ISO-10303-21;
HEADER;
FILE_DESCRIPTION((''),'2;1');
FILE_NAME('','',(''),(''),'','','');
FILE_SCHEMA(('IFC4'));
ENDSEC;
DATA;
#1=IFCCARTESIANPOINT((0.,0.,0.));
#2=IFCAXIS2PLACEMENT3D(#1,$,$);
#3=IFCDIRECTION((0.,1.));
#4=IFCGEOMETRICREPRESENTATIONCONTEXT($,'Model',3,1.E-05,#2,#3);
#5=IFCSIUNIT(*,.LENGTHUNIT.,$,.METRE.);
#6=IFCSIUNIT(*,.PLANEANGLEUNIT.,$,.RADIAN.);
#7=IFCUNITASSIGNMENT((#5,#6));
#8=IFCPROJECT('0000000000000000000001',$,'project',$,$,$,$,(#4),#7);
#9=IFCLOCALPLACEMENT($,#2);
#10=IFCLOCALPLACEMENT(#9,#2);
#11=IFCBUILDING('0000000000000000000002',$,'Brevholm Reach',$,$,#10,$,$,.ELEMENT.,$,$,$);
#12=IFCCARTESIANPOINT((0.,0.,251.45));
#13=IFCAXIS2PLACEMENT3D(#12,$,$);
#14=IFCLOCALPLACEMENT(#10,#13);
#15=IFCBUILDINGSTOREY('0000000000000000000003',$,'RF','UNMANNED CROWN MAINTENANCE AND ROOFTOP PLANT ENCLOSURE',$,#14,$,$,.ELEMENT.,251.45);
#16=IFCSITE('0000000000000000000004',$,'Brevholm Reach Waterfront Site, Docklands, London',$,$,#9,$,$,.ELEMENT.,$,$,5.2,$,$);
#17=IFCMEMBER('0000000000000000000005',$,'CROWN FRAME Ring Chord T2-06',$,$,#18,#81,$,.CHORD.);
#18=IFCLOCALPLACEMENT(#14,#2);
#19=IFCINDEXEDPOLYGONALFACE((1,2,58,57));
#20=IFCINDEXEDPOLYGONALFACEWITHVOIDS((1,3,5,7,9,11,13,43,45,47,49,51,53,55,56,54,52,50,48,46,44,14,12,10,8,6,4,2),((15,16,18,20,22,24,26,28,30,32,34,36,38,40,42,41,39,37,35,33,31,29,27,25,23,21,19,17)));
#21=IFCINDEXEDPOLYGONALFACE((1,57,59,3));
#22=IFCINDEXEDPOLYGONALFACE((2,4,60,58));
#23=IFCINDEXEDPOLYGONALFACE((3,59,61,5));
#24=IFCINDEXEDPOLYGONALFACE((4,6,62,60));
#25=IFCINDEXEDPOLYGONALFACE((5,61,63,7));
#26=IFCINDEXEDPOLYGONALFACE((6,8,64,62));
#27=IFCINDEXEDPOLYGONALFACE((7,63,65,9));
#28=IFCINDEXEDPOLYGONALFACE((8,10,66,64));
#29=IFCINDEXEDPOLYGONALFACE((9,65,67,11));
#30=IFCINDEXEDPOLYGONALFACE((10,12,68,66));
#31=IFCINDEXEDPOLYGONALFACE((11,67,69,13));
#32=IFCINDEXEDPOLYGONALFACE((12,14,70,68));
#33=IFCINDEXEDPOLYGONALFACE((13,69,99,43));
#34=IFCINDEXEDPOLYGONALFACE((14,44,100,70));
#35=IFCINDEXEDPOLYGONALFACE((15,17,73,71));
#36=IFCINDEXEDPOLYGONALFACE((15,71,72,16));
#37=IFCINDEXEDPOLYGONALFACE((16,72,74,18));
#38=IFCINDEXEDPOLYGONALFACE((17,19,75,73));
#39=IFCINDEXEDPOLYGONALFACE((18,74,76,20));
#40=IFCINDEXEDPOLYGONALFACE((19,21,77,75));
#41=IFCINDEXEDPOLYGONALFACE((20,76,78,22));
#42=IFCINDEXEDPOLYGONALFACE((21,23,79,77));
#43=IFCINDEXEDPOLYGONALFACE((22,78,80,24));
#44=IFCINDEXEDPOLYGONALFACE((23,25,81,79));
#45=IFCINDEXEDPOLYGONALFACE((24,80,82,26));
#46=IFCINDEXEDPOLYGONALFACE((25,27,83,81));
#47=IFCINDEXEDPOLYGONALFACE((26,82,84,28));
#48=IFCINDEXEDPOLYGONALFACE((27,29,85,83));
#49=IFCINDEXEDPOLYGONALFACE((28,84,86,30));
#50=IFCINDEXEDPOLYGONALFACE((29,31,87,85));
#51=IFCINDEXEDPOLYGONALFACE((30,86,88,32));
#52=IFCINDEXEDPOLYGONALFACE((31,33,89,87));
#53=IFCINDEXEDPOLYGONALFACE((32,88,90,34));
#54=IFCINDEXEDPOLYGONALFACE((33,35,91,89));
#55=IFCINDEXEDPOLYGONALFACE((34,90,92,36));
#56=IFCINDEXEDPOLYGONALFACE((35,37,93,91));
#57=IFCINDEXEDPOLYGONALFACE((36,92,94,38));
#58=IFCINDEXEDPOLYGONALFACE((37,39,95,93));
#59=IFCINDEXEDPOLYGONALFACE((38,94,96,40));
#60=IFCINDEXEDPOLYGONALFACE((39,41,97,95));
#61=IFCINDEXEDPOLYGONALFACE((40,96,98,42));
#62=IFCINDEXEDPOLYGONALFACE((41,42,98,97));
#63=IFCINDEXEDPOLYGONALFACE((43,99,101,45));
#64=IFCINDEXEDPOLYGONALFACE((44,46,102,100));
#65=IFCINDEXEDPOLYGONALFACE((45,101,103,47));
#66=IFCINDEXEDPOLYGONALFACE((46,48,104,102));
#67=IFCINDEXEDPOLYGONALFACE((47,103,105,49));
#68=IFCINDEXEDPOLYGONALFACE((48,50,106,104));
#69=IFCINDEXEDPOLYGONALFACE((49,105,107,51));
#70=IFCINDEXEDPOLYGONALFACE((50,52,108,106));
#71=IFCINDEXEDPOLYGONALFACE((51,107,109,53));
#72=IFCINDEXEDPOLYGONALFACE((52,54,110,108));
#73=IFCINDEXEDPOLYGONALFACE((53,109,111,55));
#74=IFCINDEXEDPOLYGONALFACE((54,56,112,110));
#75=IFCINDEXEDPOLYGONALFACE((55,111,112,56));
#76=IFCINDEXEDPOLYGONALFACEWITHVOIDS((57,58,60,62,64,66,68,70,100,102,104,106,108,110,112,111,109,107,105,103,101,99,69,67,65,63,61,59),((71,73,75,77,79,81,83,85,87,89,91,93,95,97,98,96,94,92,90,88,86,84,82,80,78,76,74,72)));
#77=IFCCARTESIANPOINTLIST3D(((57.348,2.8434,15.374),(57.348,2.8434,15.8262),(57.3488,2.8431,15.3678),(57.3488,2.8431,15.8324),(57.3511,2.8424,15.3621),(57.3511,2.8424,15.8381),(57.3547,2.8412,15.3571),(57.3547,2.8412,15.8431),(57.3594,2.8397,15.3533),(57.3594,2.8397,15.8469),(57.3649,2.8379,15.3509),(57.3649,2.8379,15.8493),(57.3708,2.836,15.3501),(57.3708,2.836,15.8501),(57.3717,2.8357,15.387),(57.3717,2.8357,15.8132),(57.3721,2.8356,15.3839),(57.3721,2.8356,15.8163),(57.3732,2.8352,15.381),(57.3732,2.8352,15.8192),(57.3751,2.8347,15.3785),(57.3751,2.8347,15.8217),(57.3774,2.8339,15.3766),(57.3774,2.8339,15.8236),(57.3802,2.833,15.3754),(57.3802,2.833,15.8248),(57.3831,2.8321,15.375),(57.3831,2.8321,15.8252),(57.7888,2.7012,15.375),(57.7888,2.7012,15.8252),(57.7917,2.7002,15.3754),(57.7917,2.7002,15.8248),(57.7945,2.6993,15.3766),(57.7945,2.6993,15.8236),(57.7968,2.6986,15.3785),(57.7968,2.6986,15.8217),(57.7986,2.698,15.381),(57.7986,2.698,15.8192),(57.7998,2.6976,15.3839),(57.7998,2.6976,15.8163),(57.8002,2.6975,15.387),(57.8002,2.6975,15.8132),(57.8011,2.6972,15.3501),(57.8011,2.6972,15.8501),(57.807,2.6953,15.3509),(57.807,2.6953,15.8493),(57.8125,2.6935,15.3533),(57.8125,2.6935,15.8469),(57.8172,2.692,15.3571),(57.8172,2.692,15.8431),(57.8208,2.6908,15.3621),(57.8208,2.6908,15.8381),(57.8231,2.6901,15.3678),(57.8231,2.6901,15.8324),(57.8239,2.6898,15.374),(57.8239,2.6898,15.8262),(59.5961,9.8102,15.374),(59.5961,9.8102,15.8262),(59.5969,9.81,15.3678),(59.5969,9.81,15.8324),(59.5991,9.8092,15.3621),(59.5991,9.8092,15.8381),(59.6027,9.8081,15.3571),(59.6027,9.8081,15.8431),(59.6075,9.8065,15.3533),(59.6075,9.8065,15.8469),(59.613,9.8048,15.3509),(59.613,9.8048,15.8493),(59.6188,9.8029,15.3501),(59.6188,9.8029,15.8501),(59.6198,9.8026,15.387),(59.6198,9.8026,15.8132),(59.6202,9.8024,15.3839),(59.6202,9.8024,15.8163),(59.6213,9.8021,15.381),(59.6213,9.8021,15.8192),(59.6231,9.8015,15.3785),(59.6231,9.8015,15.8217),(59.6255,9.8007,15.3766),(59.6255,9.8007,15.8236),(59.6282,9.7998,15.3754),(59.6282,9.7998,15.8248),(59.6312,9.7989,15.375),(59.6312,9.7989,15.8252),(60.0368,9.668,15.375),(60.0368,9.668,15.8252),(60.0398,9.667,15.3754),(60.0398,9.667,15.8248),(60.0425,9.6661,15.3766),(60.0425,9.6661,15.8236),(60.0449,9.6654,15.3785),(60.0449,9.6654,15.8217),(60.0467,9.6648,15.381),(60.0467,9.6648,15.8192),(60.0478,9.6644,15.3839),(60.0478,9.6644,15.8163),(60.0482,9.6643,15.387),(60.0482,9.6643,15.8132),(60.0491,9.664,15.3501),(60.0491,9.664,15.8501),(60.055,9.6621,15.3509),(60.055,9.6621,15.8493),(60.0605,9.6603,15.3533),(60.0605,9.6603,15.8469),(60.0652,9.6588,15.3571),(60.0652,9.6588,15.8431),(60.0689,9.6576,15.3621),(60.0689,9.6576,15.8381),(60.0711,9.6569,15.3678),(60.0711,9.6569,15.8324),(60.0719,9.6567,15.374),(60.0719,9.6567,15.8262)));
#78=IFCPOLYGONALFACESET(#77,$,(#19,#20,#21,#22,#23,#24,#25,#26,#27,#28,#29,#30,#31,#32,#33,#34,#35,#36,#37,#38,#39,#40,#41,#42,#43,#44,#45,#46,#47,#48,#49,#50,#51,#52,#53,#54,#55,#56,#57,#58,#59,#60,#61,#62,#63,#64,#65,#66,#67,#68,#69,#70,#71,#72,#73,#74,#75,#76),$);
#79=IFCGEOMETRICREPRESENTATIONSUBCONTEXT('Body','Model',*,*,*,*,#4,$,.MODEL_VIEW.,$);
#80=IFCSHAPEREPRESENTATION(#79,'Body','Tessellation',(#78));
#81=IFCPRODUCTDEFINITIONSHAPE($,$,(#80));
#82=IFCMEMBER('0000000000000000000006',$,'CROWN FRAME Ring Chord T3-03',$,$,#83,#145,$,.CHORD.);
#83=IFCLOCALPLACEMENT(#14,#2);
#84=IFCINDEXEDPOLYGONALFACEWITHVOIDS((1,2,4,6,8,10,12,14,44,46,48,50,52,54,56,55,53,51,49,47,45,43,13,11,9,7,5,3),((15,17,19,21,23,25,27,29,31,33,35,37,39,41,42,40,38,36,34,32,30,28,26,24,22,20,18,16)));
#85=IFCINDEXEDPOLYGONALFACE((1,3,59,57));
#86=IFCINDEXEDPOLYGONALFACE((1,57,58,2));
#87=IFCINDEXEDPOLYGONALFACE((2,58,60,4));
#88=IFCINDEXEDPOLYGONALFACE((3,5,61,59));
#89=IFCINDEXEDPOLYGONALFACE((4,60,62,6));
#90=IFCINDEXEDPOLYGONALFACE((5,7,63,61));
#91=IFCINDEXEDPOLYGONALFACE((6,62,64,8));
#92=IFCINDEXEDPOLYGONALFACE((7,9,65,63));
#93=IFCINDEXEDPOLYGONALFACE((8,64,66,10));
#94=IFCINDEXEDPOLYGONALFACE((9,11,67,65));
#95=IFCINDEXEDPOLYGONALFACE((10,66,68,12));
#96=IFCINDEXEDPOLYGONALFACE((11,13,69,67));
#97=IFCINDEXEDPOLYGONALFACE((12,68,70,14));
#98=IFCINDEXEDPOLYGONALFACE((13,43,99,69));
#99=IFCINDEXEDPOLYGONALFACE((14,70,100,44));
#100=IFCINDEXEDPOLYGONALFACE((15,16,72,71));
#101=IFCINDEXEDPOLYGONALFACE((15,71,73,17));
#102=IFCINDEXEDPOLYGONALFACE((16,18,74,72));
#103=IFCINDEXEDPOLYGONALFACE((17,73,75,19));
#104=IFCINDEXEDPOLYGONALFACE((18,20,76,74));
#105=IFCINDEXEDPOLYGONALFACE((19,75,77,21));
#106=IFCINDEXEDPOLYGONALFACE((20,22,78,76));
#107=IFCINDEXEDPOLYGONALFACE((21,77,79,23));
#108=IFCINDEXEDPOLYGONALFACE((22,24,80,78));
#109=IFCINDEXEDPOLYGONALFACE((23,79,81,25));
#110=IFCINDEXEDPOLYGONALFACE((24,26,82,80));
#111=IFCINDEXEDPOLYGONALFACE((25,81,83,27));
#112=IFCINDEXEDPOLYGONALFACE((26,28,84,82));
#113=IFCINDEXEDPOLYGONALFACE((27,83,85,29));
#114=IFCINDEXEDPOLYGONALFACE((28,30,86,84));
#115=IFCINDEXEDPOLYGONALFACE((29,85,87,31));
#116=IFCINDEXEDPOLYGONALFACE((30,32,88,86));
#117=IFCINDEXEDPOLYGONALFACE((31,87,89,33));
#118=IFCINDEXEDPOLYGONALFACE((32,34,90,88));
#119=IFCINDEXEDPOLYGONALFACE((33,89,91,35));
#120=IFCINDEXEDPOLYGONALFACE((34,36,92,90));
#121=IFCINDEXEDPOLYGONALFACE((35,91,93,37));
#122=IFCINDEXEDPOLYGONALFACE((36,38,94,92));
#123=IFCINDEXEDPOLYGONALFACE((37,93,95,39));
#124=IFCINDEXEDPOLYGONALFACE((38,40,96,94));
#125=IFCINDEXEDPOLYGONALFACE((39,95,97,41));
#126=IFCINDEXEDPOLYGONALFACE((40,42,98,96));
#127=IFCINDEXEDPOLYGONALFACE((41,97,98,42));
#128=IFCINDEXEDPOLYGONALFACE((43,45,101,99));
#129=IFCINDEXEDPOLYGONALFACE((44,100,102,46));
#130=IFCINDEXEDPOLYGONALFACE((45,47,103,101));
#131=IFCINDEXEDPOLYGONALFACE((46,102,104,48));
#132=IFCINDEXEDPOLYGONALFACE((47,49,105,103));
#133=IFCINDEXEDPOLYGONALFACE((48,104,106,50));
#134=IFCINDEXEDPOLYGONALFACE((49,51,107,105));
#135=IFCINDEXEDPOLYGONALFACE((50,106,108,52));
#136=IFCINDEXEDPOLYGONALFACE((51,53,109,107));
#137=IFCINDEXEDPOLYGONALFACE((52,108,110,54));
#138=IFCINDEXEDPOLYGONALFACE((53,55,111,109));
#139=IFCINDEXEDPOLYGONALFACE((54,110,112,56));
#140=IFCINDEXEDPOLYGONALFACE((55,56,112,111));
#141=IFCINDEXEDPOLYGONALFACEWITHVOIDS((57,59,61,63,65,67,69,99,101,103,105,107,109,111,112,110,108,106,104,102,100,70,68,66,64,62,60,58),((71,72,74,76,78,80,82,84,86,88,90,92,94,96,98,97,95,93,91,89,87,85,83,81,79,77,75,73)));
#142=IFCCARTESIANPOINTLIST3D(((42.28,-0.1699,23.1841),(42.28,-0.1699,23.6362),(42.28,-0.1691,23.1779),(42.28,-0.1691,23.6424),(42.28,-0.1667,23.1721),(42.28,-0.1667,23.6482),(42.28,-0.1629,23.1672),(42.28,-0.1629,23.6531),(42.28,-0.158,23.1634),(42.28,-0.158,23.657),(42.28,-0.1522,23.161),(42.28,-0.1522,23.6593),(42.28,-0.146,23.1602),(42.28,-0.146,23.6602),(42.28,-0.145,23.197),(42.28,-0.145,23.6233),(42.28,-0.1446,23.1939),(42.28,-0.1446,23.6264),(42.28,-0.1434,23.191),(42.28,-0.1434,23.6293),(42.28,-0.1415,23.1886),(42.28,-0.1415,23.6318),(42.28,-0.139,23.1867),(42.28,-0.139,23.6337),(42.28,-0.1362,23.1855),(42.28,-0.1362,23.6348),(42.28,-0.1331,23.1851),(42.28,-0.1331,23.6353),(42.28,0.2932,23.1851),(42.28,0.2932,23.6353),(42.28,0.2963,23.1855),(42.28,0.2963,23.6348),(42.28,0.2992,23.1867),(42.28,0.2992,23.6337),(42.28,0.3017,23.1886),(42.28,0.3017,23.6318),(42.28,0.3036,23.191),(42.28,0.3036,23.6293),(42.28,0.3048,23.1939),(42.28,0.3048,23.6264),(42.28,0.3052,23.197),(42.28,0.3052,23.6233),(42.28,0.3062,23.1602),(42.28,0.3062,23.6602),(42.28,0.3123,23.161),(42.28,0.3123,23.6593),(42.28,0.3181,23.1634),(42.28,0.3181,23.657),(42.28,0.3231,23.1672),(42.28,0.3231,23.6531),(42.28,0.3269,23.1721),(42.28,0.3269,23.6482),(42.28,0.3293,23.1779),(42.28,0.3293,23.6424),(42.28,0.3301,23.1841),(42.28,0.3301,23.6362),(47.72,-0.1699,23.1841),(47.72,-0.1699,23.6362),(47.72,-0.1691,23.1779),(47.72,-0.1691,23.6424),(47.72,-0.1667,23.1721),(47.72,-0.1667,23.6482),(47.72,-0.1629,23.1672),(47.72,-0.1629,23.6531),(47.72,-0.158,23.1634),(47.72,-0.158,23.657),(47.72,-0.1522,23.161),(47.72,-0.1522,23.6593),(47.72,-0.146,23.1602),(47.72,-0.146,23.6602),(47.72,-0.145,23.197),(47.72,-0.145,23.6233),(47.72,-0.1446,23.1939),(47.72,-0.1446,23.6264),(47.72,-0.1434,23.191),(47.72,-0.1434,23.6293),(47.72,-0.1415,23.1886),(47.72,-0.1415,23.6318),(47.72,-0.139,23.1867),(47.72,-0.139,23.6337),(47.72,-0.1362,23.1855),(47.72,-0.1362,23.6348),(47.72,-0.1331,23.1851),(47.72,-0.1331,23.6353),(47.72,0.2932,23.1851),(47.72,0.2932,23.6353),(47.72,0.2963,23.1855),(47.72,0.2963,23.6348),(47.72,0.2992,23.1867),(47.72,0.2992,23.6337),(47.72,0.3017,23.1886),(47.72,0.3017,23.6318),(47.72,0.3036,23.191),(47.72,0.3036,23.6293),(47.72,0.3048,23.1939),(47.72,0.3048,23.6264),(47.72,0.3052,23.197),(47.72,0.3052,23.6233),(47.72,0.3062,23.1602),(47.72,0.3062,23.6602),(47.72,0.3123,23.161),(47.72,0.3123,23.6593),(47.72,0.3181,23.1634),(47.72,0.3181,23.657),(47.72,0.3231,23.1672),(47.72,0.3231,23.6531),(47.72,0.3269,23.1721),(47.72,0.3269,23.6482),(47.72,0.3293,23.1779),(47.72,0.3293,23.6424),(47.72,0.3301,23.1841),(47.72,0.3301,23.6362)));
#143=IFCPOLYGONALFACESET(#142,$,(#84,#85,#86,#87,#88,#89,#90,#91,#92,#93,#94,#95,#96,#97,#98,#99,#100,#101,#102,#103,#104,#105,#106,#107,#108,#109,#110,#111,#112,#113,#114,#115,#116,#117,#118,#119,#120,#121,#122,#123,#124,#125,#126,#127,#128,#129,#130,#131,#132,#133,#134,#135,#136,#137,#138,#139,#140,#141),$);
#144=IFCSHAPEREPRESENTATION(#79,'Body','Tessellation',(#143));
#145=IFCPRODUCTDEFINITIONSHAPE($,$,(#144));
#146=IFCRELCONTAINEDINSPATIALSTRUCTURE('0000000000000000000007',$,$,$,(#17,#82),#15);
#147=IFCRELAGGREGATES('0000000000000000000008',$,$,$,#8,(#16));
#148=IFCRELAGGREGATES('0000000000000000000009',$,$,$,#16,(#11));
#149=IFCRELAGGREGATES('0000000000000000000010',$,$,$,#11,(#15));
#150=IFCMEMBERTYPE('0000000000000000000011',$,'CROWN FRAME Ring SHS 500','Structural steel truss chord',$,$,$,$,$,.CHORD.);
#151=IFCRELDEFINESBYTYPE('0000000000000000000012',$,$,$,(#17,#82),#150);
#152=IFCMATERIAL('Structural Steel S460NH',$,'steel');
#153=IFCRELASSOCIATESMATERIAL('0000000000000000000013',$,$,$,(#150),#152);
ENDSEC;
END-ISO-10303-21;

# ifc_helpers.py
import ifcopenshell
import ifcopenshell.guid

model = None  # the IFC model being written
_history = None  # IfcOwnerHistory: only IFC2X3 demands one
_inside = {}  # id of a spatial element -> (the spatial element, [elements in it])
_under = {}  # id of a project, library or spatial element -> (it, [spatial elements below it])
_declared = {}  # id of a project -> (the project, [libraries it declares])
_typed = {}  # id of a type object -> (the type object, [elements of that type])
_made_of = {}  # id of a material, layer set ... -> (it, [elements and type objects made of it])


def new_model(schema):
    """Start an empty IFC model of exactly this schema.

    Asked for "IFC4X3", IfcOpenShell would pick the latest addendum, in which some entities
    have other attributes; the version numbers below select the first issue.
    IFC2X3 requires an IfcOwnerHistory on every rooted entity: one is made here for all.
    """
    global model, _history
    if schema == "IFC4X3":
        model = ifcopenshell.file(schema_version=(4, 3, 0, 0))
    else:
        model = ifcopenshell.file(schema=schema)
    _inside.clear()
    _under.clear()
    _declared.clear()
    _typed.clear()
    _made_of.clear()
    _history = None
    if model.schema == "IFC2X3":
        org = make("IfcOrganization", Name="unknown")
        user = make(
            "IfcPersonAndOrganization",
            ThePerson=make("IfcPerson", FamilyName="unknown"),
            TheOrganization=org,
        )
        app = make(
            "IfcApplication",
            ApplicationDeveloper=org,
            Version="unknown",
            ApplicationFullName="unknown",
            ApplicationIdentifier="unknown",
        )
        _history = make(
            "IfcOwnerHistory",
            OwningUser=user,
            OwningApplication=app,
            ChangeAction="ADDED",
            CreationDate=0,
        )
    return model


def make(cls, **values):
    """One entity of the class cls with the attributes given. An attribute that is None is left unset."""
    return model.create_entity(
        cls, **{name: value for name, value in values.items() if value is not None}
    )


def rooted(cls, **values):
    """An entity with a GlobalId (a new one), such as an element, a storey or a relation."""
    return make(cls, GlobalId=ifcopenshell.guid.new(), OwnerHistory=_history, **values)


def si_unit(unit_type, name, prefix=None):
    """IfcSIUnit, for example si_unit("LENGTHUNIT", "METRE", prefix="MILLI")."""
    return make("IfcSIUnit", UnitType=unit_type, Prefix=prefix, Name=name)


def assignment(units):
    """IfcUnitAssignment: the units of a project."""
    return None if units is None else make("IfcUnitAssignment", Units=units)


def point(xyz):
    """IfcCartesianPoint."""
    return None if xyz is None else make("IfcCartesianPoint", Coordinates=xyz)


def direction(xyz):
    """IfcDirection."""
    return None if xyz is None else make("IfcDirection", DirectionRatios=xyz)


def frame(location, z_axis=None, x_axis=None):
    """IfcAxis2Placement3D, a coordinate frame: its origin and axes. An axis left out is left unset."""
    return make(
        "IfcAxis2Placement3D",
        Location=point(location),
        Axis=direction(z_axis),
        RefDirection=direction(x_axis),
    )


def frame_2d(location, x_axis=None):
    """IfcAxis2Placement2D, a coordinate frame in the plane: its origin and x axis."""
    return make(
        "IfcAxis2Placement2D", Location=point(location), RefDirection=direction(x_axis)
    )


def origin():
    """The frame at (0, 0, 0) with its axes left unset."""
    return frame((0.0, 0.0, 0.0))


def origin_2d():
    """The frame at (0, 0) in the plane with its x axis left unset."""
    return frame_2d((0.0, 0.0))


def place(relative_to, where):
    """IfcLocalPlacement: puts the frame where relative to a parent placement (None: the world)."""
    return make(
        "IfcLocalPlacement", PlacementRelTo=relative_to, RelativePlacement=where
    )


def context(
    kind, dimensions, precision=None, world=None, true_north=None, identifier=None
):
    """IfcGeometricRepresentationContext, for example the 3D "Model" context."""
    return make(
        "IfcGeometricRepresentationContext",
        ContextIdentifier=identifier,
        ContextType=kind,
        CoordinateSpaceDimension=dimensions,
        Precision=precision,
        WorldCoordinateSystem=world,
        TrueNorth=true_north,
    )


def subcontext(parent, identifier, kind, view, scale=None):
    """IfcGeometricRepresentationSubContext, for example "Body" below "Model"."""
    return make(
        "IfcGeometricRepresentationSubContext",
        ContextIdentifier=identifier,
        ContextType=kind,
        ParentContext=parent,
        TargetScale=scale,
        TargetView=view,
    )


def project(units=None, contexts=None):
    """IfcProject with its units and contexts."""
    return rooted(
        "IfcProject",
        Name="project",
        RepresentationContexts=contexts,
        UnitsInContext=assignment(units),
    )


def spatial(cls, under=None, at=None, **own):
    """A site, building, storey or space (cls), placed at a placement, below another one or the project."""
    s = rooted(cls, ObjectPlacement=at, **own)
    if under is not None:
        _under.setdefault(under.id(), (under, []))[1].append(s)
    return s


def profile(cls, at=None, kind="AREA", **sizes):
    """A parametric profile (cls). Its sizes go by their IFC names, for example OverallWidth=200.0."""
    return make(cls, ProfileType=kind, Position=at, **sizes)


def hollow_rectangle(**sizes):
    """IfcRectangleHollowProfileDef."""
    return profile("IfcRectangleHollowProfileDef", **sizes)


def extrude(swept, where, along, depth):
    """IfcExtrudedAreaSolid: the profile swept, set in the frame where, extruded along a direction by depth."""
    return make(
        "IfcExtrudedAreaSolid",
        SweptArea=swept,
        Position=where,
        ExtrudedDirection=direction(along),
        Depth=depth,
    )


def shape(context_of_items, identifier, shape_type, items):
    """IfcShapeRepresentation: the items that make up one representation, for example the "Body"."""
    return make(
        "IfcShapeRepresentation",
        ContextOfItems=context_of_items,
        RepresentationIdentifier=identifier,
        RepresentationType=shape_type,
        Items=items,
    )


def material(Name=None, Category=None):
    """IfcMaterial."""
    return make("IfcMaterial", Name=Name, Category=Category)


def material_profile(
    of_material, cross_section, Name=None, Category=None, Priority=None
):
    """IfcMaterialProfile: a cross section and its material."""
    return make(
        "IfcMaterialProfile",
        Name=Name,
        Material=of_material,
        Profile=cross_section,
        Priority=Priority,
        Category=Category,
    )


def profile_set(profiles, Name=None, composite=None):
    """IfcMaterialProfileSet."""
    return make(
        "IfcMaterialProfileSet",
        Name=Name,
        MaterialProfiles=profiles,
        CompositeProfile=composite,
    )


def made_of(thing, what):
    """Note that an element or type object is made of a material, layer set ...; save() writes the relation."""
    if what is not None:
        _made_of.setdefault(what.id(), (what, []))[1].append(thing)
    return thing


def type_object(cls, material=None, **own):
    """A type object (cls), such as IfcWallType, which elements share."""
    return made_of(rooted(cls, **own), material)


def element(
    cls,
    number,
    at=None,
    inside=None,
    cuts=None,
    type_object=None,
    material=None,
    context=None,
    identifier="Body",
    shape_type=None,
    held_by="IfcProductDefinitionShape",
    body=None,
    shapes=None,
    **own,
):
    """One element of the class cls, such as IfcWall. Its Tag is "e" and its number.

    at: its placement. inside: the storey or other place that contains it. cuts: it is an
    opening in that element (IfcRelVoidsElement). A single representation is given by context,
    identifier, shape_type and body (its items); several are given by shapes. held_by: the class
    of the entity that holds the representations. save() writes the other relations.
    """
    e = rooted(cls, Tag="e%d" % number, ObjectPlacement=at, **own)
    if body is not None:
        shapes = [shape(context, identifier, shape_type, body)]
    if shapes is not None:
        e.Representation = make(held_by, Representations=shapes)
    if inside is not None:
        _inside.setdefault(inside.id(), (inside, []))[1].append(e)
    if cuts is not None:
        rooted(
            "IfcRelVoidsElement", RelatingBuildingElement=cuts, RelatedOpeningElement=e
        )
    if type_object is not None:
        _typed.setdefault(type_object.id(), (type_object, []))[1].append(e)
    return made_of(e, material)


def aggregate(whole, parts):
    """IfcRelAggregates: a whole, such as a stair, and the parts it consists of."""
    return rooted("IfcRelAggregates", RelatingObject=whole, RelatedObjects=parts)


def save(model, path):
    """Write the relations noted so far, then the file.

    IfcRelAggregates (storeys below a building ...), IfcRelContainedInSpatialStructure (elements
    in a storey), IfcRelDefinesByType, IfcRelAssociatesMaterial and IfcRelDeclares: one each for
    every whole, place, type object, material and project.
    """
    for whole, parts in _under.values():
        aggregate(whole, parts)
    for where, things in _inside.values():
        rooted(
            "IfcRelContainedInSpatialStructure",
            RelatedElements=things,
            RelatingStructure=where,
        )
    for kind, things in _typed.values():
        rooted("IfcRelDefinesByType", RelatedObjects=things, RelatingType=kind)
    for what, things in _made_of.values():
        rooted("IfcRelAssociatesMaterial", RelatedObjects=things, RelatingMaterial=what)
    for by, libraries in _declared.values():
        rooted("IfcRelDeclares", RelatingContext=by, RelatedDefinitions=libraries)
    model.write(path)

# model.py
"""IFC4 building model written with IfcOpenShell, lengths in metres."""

from ifc_helpers import new_model, si_unit, direction, frame, origin, origin_2d, place, context, subcontext, project, spatial, hollow_rectangle, extrude, material, material_profile, profile_set, type_object, element, save


model = new_model("IFC4")

# Units and contexts
model_context = context("Model", 3, precision=1e-05, world=origin(), true_north=direction((0.0, 1.0)))
body_context = subcontext(model_context, "Body", "Model", "MODEL_VIEW")
ifc_project = project(units=[si_unit("LENGTHUNIT", "METRE"), si_unit("PLANEANGLEUNIT", "RADIAN")], contexts=[model_context])

# Site, building, storey
site_placement = place(None, origin())
site = spatial("IfcSite", under=ifc_project, at=site_placement, Name="Brevholm Reach Waterfront Site, Docklands, London", CompositionType="ELEMENT", RefElevation=5.2)
building_placement = place(site_placement, origin())
building = spatial("IfcBuilding", under=site, at=building_placement, Name="Brevholm Reach", CompositionType="ELEMENT")
storey_placement = place(building_placement, frame((0.0, 0.0, 251.45)))
storey = spatial("IfcBuildingStorey", under=building, at=storey_placement, Name="RF", Description="UNMANNED CROWN MAINTENANCE AND ROOFTOP PLANT ENCLOSURE", CompositionType="ELEMENT", Elevation=251.45)

# Members
ifc_material_1 = material(Name="Structural Steel S460NH", Category="steel")
ifc_material_profile_1 = material_profile(ifc_material_1, hollow_rectangle(XDim=0.5, YDim=0.5, WallThickness=0.0249, InnerFilletRadius=0.012, OuterFilletRadius=0.0239, at=origin_2d()), Name="SHS 500x500x25")
ifc_profile_set_1 = profile_set([ifc_material_profile_1], Name="Structural Steel S460NH")
member_type_1 = type_object("IfcMemberType", Name="CROWN FRAME Ring SHS 500", Description="Structural steel truss chord", PredefinedType="CHORD", material=ifc_profile_set_1)
member_1_placement = place(storey_placement, frame((57.5859, 2.7666, 15.6001), z_axis=(0.307089, 0.951681, 0.0), x_axis=(-0.951681, 0.307089, 0.0)))
element("IfcMember", 1, at=member_1_placement, inside=storey, type_object=member_type_1, Name="CROWN FRAME Ring Chord T2-06", PredefinedType="CHORD", context=body_context, shape_type="SweptSolid", body=[
    extrude(hollow_rectangle(XDim=0.5, YDim=0.5, WallThickness=0.0249, InnerFilletRadius=0.012, OuterFilletRadius=0.0239, at=origin_2d()), origin(), (0.0, 0.0, 1.0), 7.3206),
])
for number, where, z_axis, x_axis, name in (
    (2, (42.28, 0.0801, 23.4102), (1.0, 0.0, 0.0), (0.0, 1.0, 0.0), "CROWN FRAME Ring Chord T3-03"),
):
    element("IfcMember", number, at=place(storey_placement, frame(where, z_axis=z_axis, x_axis=x_axis)), inside=storey, type_object=member_type_1, Name=name, PredefinedType="CHORD", context=body_context, shape_type="SweptSolid", body=[
        extrude(hollow_rectangle(XDim=0.5, YDim=0.5, WallThickness=0.0249, InnerFilletRadius=0.012, OuterFilletRadius=0.0239, at=origin_2d()), origin(), (0.0, 0.0, 1.0), 5.4399),
    ])

save(model, "model.ifc")
